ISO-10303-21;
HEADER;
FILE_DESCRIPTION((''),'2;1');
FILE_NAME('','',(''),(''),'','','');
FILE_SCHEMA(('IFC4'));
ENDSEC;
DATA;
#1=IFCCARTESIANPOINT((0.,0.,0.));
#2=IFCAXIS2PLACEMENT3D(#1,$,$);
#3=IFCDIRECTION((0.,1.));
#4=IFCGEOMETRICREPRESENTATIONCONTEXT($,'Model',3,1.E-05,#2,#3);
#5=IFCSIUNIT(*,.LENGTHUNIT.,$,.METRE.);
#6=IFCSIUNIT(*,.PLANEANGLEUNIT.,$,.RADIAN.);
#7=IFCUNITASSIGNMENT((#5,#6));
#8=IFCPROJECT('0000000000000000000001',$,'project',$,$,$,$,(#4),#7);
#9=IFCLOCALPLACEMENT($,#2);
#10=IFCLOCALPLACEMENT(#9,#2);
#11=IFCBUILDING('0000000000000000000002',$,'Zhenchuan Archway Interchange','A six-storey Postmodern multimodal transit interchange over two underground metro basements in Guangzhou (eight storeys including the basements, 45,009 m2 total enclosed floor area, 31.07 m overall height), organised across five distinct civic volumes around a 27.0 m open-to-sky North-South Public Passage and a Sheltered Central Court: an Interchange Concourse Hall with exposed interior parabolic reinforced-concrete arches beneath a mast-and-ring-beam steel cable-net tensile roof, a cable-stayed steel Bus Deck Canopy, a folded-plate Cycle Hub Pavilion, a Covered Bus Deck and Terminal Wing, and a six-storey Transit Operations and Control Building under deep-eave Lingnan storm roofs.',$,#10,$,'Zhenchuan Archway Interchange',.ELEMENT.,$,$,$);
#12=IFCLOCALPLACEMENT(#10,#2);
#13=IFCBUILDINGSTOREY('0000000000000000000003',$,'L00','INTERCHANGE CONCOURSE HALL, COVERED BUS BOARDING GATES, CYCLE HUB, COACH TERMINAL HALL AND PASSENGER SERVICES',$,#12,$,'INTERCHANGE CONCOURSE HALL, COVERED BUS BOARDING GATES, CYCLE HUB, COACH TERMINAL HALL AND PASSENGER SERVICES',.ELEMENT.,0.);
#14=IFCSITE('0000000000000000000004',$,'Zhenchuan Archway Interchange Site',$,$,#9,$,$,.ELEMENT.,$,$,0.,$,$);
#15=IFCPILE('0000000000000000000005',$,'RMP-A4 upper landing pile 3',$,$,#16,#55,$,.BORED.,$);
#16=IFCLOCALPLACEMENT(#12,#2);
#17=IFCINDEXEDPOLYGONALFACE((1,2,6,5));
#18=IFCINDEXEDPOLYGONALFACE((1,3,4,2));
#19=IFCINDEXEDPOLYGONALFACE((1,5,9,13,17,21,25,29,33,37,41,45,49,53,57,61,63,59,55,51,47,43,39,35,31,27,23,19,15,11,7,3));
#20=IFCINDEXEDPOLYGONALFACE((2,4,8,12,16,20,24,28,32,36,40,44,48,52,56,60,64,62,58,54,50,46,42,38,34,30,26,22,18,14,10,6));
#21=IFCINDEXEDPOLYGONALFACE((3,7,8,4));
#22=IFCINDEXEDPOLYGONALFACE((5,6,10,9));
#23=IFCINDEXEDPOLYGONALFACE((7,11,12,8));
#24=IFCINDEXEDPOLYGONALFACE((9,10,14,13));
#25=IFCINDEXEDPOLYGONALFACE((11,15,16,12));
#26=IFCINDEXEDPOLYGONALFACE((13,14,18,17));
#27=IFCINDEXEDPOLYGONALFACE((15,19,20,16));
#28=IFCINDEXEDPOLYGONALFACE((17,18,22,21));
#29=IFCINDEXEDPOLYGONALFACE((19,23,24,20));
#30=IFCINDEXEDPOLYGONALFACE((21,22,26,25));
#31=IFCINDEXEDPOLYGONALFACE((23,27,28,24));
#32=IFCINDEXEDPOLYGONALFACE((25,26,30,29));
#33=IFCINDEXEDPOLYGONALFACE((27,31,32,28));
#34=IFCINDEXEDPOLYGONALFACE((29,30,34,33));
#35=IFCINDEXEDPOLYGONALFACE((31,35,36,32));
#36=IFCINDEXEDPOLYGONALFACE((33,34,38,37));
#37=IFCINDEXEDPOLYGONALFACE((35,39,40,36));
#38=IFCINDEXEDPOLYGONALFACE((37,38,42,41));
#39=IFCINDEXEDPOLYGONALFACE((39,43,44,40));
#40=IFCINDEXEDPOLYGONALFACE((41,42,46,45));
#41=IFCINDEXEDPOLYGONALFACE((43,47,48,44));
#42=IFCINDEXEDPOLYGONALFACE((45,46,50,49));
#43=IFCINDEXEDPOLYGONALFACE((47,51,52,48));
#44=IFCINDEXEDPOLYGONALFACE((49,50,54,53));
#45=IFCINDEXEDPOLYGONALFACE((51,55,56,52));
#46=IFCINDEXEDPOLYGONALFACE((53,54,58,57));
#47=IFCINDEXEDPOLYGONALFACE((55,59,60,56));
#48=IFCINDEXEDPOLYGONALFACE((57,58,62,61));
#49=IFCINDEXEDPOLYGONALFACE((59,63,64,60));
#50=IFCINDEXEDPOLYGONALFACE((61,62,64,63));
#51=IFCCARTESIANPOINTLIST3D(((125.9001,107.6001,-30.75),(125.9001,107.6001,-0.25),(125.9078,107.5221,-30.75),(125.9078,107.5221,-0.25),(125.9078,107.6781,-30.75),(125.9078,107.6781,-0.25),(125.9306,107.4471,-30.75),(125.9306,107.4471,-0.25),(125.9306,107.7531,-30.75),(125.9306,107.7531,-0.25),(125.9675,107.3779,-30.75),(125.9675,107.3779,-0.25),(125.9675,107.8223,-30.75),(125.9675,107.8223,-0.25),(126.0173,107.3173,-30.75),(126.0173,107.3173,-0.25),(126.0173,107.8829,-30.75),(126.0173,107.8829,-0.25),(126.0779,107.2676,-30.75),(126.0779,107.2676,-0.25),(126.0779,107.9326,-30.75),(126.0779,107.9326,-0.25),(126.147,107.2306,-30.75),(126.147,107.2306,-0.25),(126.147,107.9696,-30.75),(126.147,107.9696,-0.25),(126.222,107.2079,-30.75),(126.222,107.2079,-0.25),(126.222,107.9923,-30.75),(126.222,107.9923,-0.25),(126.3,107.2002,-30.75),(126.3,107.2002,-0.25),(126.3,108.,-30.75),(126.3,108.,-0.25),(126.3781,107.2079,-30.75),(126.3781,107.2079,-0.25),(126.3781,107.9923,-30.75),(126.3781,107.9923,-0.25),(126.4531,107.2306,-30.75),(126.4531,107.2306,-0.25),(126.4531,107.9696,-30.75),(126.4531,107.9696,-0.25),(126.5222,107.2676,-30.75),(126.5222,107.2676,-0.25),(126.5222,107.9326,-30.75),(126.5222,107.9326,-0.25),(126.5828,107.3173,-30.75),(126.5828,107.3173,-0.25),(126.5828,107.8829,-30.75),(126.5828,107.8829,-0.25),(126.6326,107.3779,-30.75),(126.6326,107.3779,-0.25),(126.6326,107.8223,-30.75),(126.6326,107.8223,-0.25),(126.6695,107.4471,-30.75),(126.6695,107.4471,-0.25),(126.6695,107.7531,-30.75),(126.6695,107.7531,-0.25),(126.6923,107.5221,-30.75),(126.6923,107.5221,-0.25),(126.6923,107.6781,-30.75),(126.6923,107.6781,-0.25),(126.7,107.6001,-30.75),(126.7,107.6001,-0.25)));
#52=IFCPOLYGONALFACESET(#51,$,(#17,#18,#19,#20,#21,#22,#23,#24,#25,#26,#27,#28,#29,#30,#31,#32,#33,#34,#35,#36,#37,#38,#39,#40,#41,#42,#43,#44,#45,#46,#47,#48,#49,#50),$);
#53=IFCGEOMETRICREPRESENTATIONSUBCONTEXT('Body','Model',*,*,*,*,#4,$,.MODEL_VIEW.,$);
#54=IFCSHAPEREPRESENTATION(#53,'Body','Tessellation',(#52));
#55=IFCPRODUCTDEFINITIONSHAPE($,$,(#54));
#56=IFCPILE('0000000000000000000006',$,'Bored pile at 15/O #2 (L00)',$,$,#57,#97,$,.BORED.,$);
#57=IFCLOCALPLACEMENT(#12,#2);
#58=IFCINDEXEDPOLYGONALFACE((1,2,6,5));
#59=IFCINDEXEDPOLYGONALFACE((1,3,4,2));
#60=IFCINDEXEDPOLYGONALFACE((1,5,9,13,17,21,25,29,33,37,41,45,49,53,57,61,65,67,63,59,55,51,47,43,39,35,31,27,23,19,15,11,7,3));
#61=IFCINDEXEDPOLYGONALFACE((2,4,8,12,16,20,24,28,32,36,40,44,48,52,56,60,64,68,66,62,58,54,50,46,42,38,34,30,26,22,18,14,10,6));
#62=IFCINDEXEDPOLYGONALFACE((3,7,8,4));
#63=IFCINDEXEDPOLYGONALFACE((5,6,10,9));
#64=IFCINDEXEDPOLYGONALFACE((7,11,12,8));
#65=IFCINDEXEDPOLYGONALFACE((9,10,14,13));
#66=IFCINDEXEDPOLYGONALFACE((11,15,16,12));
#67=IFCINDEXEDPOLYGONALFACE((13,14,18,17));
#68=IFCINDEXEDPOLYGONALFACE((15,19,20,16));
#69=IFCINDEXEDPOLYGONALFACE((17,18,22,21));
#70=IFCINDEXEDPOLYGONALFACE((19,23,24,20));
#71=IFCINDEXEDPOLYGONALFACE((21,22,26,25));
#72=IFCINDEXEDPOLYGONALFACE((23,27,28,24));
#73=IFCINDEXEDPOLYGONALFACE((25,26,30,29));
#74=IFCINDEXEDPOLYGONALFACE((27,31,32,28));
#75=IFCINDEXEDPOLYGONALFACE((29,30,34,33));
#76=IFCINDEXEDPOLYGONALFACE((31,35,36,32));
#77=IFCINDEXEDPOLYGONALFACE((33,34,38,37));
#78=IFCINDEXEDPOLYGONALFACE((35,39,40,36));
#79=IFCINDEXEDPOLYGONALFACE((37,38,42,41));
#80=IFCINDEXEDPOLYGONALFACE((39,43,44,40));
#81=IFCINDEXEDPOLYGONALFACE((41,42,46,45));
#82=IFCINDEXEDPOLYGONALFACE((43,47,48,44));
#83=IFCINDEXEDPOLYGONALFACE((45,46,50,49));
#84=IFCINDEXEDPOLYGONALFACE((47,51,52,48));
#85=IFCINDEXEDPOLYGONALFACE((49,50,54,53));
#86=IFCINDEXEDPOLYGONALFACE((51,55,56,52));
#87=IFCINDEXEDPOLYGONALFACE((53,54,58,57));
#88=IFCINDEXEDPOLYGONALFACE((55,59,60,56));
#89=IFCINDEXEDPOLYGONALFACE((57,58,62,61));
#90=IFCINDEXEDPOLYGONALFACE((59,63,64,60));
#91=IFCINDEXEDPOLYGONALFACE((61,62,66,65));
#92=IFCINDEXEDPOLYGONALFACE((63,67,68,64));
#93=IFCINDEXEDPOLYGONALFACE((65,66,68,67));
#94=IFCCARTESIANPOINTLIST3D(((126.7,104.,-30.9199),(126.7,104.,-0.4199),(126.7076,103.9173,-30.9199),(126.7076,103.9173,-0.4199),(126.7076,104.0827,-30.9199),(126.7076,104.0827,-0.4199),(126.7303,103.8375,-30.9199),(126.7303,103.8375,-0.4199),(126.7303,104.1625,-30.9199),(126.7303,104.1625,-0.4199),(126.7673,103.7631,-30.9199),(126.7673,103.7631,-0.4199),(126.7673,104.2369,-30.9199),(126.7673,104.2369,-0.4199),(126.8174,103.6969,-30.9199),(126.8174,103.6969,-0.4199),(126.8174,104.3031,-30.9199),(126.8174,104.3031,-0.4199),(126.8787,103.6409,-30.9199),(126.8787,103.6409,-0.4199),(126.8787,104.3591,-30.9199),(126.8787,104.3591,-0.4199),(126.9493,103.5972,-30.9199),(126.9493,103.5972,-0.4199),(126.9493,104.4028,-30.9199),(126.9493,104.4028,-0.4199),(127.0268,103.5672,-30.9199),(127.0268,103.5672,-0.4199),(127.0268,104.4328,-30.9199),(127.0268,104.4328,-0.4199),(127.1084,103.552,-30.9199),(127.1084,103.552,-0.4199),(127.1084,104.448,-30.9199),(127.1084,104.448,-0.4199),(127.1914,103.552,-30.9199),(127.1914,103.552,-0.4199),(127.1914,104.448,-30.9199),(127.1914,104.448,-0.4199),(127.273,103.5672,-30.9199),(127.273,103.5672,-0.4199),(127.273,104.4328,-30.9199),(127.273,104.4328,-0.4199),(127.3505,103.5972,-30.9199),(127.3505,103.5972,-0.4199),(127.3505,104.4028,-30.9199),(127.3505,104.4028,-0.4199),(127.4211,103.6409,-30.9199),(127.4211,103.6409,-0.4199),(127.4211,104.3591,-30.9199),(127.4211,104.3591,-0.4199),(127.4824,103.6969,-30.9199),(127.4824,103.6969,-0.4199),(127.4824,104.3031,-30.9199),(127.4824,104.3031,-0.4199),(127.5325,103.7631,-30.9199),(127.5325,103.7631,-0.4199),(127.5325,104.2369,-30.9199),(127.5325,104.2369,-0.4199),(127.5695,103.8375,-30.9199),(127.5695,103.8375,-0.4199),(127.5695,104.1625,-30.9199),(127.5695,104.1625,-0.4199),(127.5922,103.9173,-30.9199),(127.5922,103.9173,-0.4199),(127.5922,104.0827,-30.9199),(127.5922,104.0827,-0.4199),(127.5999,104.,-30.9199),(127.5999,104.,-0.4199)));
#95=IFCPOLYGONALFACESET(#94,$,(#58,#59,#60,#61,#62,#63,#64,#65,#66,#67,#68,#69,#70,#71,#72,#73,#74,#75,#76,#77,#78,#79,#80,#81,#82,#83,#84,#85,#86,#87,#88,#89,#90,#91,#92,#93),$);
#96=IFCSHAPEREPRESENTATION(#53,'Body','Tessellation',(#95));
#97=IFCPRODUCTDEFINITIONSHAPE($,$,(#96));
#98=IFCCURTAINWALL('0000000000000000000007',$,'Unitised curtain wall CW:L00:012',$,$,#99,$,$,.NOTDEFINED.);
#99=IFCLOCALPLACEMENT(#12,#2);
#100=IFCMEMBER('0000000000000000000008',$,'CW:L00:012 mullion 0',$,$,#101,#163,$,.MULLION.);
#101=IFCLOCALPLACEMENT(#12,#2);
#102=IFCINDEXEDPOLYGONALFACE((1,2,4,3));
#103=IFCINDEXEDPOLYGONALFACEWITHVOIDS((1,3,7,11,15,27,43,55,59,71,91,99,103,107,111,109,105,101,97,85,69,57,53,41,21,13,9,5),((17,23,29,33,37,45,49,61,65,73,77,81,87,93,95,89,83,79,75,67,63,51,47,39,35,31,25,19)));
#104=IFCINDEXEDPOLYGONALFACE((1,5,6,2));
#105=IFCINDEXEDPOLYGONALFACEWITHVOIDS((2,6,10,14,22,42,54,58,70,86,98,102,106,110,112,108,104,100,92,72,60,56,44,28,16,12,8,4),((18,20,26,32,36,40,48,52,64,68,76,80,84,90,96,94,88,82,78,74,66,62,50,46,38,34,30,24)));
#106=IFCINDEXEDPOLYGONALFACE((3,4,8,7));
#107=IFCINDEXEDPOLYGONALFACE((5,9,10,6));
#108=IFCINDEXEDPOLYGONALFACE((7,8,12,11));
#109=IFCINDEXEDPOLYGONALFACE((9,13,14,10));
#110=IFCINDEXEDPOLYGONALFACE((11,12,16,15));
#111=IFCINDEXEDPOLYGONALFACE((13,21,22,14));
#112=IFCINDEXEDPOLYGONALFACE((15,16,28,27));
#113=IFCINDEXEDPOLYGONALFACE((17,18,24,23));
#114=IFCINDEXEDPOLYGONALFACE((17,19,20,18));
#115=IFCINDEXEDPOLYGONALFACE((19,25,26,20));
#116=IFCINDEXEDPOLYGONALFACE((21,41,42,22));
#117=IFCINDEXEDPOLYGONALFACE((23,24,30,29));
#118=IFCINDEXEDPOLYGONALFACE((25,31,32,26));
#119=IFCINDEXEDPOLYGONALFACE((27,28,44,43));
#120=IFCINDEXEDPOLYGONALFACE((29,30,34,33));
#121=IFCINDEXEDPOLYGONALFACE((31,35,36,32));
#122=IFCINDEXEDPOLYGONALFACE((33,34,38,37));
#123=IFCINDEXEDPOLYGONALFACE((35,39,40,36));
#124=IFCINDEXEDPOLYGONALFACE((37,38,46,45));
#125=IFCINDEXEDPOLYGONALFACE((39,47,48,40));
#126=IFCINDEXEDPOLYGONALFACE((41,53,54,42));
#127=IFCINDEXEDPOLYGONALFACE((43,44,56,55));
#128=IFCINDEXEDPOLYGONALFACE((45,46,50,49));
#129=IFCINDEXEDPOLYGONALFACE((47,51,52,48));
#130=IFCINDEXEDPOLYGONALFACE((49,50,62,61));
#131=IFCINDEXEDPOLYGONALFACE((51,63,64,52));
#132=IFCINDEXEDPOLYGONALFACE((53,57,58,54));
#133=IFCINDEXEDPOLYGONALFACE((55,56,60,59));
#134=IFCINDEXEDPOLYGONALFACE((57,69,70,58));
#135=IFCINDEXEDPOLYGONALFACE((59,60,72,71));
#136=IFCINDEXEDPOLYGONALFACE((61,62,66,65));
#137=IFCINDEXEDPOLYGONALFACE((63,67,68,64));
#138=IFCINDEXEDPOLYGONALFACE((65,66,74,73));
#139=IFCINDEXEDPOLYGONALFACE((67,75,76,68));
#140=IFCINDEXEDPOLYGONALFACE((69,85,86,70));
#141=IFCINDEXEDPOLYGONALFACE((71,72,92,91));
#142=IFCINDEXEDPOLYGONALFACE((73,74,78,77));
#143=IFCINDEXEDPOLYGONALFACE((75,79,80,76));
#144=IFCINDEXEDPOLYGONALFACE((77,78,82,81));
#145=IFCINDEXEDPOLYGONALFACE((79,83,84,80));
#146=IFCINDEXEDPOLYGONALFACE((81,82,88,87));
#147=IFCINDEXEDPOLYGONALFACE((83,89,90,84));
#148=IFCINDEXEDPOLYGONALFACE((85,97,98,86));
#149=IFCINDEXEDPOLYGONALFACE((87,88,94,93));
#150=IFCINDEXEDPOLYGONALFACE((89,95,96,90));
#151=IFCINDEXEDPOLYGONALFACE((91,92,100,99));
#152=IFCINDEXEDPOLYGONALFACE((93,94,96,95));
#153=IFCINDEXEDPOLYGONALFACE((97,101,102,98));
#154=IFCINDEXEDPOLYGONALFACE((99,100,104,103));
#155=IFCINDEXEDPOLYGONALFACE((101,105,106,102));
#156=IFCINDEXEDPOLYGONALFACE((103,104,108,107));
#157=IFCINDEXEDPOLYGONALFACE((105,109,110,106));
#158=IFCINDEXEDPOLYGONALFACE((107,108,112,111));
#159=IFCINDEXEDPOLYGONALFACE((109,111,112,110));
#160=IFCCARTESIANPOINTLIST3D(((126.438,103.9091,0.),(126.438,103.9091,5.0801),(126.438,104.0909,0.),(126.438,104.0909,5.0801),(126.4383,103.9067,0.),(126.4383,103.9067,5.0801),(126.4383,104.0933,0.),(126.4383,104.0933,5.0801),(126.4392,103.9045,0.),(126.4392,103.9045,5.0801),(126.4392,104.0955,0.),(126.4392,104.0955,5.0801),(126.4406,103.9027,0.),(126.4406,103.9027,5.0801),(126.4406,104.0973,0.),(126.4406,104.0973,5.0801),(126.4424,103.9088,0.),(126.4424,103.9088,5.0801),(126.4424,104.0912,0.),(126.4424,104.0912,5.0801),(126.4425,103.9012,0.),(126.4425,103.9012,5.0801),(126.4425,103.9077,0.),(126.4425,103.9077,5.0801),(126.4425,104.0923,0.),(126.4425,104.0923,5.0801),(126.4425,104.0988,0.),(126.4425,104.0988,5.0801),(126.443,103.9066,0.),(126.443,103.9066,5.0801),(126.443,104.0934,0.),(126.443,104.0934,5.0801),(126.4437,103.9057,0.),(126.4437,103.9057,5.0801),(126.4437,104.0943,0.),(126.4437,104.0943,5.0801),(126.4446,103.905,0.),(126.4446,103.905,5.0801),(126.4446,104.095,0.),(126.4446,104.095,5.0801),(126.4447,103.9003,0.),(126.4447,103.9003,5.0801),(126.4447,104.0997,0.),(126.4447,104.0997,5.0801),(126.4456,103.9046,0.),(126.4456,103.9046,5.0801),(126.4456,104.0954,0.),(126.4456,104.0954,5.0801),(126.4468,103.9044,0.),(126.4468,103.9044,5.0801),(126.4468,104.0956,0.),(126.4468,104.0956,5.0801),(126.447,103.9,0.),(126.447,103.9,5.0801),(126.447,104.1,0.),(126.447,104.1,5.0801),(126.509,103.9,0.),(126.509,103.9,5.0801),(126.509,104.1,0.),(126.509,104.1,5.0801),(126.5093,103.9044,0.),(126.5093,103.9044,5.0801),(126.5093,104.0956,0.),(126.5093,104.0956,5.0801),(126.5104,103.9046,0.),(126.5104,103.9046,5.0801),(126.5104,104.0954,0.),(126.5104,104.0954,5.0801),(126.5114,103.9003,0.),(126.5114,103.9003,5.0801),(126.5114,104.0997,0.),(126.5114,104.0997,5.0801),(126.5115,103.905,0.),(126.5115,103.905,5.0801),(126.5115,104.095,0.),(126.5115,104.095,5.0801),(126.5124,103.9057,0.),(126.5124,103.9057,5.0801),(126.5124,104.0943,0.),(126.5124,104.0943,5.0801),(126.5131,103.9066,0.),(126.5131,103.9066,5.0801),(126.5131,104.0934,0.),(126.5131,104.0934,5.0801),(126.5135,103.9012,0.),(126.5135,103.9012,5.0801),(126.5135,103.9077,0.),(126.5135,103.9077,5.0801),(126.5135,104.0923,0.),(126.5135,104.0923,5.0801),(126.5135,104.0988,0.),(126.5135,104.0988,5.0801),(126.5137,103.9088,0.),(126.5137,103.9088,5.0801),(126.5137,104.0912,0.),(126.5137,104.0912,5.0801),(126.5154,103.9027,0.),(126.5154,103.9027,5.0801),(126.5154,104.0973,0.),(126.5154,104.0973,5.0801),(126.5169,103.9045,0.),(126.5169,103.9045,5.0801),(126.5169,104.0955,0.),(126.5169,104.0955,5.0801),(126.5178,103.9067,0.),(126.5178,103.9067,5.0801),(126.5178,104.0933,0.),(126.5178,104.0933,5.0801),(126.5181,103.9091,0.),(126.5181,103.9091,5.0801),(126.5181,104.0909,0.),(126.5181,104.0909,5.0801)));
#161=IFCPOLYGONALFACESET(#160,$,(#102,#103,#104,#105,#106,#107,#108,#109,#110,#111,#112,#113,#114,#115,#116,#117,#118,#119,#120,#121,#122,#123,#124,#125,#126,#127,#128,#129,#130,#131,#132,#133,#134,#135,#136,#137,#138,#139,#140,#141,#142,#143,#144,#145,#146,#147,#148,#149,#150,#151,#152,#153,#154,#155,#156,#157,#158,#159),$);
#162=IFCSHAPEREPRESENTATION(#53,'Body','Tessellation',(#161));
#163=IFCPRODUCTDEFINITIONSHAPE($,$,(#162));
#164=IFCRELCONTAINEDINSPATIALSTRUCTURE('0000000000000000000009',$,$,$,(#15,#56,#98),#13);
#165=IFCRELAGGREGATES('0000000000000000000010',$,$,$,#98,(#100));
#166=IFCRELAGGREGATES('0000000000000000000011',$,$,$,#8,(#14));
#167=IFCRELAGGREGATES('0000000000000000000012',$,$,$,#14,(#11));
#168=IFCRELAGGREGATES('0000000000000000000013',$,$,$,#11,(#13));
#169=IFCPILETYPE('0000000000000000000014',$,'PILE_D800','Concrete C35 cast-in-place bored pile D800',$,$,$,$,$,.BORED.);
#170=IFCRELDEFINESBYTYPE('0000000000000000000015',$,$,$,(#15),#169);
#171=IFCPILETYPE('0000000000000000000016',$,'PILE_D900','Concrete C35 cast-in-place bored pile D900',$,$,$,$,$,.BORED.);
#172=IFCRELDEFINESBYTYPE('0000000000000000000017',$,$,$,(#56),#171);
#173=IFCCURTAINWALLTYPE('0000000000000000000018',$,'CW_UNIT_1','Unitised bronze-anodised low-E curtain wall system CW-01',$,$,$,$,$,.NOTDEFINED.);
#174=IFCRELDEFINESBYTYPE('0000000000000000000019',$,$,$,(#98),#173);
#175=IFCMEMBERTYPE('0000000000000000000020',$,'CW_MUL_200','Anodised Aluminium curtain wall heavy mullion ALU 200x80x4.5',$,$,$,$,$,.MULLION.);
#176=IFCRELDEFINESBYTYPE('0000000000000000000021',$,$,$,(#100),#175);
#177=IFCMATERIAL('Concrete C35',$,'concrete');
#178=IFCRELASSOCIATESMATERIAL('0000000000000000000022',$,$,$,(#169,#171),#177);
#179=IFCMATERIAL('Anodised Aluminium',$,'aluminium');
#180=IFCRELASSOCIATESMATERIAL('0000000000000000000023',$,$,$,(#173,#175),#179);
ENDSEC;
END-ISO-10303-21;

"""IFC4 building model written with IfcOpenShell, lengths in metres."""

from ifc_helpers import new_model, si_unit, direction, frame, origin, origin_2d, place, context, subcontext, project, spatial, hollow_rectangle, circle, extrude, material, material_profile, profile_set, type_object, element, aggregate, save


model = new_model("IFC4")

# Units and contexts
model_context = context("Model", 3, precision=1e-05, world=origin(), true_north=direction((0.0, 1.0)))
body_context = subcontext(model_context, "Body", "Model", "MODEL_VIEW")
ifc_project = project(units=[si_unit("LENGTHUNIT", "METRE"), si_unit("PLANEANGLEUNIT", "RADIAN")], contexts=[model_context])

# Site, building, storey
site_placement = place(None, origin())
site = spatial("IfcSite", under=ifc_project, at=site_placement, Name="Zhenchuan Archway Interchange Site", CompositionType="ELEMENT", RefElevation=0.0)
building_placement = place(site_placement, origin())
building = spatial("IfcBuilding", under=site, at=building_placement, Name="Zhenchuan Archway Interchange", Description="A six-storey Postmodern multimodal transit interchange over two underground metro basements in Guangzhou (eight storeys including the basements, 45,009 m2 total enclosed floor area, 31.07 m overall height), organised across five distinct civic volumes around a 27.0 m open-to-sky North-South Public Passage and a Sheltered Central Court: an Interchange Concourse Hall with exposed interior parabolic reinforced-concrete arches beneath a mast-and-ring-beam steel cable-net tensile roof, a cable-stayed steel Bus Deck Canopy, a folded-plate Cycle Hub Pavilion, a Covered Bus Deck and Terminal Wing, and a six-storey Transit Operations and Control Building under deep-eave Lingnan storm roofs.", LongName="Zhenchuan Archway Interchange", CompositionType="ELEMENT")
storey_placement = place(building_placement, origin())
storey = spatial("IfcBuildingStorey", under=building, at=storey_placement, Name="L00", Description="INTERCHANGE CONCOURSE HALL, COVERED BUS BOARDING GATES, CYCLE HUB, COACH TERMINAL HALL AND PASSENGER SERVICES", LongName="INTERCHANGE CONCOURSE HALL, COVERED BUS BOARDING GATES, CYCLE HUB, COACH TERMINAL HALL AND PASSENGER SERVICES", CompositionType="ELEMENT", Elevation=0.0)

# Piles
ifc_material_1 = material(Name="Concrete C35", Category="concrete")
ifc_material_profile_1 = material_profile(ifc_material_1, circle(Radius=0.3999, at=origin_2d()), Name="BORED PILE 800")
ifc_profile_set_1 = profile_set([ifc_material_profile_1], Name="Concrete C35")
pile_type_1 = type_object("IfcPileType", Name="PILE_D800", Description="Concrete C35 cast-in-place bored pile D800", PredefinedType="BORED", material=ifc_profile_set_1)
for number, where, z_axis, x_axis, name in (
    (1, (126.3, 107.6001, -0.25), (0.0, 0.0, -1.0), (1.0, 0.0, 0.0), "RMP-A4 upper landing pile 3"),
):
    element("IfcPile", number, at=place(storey_placement, frame(where, z_axis=z_axis, x_axis=x_axis)), inside=storey, type_object=pile_type_1, Name=name, PredefinedType="BORED", context=body_context, shape_type="SweptSolid", body=[
        extrude(circle(Radius=0.3999, at=origin_2d()), origin(), (0.0, 0.0, 1.0), 30.5),
    ])
ifc_material_profile_2 = material_profile(ifc_material_1, circle(Radius=0.45, at=origin_2d()), Name="BORED PILE 900")
ifc_profile_set_2 = profile_set([ifc_material_profile_2], Name="Concrete C35")
pile_type_2 = type_object("IfcPileType", Name="PILE_D900", Description="Concrete C35 cast-in-place bored pile D900", PredefinedType="BORED", material=ifc_profile_set_2)
pile_placement = place(storey_placement, frame((127.1499, 104.0, -0.4199), z_axis=(0.0, 0.0, -1.0), x_axis=(1.0, 0.0, 0.0)))
element("IfcPile", 2, at=pile_placement, inside=storey, type_object=pile_type_2, Name="Bored pile at 15/O #2 (L00)", PredefinedType="BORED", context=body_context, shape_type="SweptSolid", body=[
    extrude(circle(Radius=0.45, at=origin_2d()), origin(), (0.0, 0.0, 1.0), 30.5),
])

# Curtain wall, member
ifc_material_2 = material(Name="Anodised Aluminium", Category="aluminium")
curtain_wall_type = type_object("IfcCurtainWallType", Name="CW_UNIT_1", Description="Unitised bronze-anodised low-E curtain wall system CW-01", PredefinedType="NOTDEFINED", material=ifc_material_2)
curtain_wall_placement = place(storey_placement, origin())
curtain_wall = element("IfcCurtainWall", 3, at=curtain_wall_placement, inside=storey, type_object=curtain_wall_type, Name="Unitised curtain wall CW:L00:012", PredefinedType="NOTDEFINED")
ifc_material_profile_3 = material_profile(ifc_material_2, hollow_rectangle(XDim=0.0801, YDim=0.2, WallThickness=0.0044, InnerFilletRadius=0.0044, OuterFilletRadius=0.009, at=origin_2d()), Name="ALU 200x80x4.5")
ifc_profile_set_3 = profile_set([ifc_material_profile_3], Name="Anodised Aluminium")
member_type_1 = type_object("IfcMemberType", Name="CW_MUL_200", Description="Anodised Aluminium curtain wall heavy mullion ALU 200x80x4.5", PredefinedType="MULLION", material=ifc_profile_set_3)
member_1_placement = place(storey_placement, frame((126.478, 104.0, 0.0), z_axis=(0.0, 0.0, 1.0), x_axis=(1.0, 0.0, 0.0)))
member_1 = element("IfcMember", 4, at=member_1_placement, type_object=member_type_1, Name="CW:L00:012 mullion 0", PredefinedType="MULLION", context=body_context, shape_type="SweptSolid", body=[
    extrude(hollow_rectangle(XDim=0.0801, YDim=0.2, WallThickness=0.0044, InnerFilletRadius=0.0044, OuterFilletRadius=0.009, at=origin_2d()), origin(), (0.0, 0.0, 1.0), 5.0801),
])
aggregate(curtain_wall, [member_1])

save(model, "model.ifc")
